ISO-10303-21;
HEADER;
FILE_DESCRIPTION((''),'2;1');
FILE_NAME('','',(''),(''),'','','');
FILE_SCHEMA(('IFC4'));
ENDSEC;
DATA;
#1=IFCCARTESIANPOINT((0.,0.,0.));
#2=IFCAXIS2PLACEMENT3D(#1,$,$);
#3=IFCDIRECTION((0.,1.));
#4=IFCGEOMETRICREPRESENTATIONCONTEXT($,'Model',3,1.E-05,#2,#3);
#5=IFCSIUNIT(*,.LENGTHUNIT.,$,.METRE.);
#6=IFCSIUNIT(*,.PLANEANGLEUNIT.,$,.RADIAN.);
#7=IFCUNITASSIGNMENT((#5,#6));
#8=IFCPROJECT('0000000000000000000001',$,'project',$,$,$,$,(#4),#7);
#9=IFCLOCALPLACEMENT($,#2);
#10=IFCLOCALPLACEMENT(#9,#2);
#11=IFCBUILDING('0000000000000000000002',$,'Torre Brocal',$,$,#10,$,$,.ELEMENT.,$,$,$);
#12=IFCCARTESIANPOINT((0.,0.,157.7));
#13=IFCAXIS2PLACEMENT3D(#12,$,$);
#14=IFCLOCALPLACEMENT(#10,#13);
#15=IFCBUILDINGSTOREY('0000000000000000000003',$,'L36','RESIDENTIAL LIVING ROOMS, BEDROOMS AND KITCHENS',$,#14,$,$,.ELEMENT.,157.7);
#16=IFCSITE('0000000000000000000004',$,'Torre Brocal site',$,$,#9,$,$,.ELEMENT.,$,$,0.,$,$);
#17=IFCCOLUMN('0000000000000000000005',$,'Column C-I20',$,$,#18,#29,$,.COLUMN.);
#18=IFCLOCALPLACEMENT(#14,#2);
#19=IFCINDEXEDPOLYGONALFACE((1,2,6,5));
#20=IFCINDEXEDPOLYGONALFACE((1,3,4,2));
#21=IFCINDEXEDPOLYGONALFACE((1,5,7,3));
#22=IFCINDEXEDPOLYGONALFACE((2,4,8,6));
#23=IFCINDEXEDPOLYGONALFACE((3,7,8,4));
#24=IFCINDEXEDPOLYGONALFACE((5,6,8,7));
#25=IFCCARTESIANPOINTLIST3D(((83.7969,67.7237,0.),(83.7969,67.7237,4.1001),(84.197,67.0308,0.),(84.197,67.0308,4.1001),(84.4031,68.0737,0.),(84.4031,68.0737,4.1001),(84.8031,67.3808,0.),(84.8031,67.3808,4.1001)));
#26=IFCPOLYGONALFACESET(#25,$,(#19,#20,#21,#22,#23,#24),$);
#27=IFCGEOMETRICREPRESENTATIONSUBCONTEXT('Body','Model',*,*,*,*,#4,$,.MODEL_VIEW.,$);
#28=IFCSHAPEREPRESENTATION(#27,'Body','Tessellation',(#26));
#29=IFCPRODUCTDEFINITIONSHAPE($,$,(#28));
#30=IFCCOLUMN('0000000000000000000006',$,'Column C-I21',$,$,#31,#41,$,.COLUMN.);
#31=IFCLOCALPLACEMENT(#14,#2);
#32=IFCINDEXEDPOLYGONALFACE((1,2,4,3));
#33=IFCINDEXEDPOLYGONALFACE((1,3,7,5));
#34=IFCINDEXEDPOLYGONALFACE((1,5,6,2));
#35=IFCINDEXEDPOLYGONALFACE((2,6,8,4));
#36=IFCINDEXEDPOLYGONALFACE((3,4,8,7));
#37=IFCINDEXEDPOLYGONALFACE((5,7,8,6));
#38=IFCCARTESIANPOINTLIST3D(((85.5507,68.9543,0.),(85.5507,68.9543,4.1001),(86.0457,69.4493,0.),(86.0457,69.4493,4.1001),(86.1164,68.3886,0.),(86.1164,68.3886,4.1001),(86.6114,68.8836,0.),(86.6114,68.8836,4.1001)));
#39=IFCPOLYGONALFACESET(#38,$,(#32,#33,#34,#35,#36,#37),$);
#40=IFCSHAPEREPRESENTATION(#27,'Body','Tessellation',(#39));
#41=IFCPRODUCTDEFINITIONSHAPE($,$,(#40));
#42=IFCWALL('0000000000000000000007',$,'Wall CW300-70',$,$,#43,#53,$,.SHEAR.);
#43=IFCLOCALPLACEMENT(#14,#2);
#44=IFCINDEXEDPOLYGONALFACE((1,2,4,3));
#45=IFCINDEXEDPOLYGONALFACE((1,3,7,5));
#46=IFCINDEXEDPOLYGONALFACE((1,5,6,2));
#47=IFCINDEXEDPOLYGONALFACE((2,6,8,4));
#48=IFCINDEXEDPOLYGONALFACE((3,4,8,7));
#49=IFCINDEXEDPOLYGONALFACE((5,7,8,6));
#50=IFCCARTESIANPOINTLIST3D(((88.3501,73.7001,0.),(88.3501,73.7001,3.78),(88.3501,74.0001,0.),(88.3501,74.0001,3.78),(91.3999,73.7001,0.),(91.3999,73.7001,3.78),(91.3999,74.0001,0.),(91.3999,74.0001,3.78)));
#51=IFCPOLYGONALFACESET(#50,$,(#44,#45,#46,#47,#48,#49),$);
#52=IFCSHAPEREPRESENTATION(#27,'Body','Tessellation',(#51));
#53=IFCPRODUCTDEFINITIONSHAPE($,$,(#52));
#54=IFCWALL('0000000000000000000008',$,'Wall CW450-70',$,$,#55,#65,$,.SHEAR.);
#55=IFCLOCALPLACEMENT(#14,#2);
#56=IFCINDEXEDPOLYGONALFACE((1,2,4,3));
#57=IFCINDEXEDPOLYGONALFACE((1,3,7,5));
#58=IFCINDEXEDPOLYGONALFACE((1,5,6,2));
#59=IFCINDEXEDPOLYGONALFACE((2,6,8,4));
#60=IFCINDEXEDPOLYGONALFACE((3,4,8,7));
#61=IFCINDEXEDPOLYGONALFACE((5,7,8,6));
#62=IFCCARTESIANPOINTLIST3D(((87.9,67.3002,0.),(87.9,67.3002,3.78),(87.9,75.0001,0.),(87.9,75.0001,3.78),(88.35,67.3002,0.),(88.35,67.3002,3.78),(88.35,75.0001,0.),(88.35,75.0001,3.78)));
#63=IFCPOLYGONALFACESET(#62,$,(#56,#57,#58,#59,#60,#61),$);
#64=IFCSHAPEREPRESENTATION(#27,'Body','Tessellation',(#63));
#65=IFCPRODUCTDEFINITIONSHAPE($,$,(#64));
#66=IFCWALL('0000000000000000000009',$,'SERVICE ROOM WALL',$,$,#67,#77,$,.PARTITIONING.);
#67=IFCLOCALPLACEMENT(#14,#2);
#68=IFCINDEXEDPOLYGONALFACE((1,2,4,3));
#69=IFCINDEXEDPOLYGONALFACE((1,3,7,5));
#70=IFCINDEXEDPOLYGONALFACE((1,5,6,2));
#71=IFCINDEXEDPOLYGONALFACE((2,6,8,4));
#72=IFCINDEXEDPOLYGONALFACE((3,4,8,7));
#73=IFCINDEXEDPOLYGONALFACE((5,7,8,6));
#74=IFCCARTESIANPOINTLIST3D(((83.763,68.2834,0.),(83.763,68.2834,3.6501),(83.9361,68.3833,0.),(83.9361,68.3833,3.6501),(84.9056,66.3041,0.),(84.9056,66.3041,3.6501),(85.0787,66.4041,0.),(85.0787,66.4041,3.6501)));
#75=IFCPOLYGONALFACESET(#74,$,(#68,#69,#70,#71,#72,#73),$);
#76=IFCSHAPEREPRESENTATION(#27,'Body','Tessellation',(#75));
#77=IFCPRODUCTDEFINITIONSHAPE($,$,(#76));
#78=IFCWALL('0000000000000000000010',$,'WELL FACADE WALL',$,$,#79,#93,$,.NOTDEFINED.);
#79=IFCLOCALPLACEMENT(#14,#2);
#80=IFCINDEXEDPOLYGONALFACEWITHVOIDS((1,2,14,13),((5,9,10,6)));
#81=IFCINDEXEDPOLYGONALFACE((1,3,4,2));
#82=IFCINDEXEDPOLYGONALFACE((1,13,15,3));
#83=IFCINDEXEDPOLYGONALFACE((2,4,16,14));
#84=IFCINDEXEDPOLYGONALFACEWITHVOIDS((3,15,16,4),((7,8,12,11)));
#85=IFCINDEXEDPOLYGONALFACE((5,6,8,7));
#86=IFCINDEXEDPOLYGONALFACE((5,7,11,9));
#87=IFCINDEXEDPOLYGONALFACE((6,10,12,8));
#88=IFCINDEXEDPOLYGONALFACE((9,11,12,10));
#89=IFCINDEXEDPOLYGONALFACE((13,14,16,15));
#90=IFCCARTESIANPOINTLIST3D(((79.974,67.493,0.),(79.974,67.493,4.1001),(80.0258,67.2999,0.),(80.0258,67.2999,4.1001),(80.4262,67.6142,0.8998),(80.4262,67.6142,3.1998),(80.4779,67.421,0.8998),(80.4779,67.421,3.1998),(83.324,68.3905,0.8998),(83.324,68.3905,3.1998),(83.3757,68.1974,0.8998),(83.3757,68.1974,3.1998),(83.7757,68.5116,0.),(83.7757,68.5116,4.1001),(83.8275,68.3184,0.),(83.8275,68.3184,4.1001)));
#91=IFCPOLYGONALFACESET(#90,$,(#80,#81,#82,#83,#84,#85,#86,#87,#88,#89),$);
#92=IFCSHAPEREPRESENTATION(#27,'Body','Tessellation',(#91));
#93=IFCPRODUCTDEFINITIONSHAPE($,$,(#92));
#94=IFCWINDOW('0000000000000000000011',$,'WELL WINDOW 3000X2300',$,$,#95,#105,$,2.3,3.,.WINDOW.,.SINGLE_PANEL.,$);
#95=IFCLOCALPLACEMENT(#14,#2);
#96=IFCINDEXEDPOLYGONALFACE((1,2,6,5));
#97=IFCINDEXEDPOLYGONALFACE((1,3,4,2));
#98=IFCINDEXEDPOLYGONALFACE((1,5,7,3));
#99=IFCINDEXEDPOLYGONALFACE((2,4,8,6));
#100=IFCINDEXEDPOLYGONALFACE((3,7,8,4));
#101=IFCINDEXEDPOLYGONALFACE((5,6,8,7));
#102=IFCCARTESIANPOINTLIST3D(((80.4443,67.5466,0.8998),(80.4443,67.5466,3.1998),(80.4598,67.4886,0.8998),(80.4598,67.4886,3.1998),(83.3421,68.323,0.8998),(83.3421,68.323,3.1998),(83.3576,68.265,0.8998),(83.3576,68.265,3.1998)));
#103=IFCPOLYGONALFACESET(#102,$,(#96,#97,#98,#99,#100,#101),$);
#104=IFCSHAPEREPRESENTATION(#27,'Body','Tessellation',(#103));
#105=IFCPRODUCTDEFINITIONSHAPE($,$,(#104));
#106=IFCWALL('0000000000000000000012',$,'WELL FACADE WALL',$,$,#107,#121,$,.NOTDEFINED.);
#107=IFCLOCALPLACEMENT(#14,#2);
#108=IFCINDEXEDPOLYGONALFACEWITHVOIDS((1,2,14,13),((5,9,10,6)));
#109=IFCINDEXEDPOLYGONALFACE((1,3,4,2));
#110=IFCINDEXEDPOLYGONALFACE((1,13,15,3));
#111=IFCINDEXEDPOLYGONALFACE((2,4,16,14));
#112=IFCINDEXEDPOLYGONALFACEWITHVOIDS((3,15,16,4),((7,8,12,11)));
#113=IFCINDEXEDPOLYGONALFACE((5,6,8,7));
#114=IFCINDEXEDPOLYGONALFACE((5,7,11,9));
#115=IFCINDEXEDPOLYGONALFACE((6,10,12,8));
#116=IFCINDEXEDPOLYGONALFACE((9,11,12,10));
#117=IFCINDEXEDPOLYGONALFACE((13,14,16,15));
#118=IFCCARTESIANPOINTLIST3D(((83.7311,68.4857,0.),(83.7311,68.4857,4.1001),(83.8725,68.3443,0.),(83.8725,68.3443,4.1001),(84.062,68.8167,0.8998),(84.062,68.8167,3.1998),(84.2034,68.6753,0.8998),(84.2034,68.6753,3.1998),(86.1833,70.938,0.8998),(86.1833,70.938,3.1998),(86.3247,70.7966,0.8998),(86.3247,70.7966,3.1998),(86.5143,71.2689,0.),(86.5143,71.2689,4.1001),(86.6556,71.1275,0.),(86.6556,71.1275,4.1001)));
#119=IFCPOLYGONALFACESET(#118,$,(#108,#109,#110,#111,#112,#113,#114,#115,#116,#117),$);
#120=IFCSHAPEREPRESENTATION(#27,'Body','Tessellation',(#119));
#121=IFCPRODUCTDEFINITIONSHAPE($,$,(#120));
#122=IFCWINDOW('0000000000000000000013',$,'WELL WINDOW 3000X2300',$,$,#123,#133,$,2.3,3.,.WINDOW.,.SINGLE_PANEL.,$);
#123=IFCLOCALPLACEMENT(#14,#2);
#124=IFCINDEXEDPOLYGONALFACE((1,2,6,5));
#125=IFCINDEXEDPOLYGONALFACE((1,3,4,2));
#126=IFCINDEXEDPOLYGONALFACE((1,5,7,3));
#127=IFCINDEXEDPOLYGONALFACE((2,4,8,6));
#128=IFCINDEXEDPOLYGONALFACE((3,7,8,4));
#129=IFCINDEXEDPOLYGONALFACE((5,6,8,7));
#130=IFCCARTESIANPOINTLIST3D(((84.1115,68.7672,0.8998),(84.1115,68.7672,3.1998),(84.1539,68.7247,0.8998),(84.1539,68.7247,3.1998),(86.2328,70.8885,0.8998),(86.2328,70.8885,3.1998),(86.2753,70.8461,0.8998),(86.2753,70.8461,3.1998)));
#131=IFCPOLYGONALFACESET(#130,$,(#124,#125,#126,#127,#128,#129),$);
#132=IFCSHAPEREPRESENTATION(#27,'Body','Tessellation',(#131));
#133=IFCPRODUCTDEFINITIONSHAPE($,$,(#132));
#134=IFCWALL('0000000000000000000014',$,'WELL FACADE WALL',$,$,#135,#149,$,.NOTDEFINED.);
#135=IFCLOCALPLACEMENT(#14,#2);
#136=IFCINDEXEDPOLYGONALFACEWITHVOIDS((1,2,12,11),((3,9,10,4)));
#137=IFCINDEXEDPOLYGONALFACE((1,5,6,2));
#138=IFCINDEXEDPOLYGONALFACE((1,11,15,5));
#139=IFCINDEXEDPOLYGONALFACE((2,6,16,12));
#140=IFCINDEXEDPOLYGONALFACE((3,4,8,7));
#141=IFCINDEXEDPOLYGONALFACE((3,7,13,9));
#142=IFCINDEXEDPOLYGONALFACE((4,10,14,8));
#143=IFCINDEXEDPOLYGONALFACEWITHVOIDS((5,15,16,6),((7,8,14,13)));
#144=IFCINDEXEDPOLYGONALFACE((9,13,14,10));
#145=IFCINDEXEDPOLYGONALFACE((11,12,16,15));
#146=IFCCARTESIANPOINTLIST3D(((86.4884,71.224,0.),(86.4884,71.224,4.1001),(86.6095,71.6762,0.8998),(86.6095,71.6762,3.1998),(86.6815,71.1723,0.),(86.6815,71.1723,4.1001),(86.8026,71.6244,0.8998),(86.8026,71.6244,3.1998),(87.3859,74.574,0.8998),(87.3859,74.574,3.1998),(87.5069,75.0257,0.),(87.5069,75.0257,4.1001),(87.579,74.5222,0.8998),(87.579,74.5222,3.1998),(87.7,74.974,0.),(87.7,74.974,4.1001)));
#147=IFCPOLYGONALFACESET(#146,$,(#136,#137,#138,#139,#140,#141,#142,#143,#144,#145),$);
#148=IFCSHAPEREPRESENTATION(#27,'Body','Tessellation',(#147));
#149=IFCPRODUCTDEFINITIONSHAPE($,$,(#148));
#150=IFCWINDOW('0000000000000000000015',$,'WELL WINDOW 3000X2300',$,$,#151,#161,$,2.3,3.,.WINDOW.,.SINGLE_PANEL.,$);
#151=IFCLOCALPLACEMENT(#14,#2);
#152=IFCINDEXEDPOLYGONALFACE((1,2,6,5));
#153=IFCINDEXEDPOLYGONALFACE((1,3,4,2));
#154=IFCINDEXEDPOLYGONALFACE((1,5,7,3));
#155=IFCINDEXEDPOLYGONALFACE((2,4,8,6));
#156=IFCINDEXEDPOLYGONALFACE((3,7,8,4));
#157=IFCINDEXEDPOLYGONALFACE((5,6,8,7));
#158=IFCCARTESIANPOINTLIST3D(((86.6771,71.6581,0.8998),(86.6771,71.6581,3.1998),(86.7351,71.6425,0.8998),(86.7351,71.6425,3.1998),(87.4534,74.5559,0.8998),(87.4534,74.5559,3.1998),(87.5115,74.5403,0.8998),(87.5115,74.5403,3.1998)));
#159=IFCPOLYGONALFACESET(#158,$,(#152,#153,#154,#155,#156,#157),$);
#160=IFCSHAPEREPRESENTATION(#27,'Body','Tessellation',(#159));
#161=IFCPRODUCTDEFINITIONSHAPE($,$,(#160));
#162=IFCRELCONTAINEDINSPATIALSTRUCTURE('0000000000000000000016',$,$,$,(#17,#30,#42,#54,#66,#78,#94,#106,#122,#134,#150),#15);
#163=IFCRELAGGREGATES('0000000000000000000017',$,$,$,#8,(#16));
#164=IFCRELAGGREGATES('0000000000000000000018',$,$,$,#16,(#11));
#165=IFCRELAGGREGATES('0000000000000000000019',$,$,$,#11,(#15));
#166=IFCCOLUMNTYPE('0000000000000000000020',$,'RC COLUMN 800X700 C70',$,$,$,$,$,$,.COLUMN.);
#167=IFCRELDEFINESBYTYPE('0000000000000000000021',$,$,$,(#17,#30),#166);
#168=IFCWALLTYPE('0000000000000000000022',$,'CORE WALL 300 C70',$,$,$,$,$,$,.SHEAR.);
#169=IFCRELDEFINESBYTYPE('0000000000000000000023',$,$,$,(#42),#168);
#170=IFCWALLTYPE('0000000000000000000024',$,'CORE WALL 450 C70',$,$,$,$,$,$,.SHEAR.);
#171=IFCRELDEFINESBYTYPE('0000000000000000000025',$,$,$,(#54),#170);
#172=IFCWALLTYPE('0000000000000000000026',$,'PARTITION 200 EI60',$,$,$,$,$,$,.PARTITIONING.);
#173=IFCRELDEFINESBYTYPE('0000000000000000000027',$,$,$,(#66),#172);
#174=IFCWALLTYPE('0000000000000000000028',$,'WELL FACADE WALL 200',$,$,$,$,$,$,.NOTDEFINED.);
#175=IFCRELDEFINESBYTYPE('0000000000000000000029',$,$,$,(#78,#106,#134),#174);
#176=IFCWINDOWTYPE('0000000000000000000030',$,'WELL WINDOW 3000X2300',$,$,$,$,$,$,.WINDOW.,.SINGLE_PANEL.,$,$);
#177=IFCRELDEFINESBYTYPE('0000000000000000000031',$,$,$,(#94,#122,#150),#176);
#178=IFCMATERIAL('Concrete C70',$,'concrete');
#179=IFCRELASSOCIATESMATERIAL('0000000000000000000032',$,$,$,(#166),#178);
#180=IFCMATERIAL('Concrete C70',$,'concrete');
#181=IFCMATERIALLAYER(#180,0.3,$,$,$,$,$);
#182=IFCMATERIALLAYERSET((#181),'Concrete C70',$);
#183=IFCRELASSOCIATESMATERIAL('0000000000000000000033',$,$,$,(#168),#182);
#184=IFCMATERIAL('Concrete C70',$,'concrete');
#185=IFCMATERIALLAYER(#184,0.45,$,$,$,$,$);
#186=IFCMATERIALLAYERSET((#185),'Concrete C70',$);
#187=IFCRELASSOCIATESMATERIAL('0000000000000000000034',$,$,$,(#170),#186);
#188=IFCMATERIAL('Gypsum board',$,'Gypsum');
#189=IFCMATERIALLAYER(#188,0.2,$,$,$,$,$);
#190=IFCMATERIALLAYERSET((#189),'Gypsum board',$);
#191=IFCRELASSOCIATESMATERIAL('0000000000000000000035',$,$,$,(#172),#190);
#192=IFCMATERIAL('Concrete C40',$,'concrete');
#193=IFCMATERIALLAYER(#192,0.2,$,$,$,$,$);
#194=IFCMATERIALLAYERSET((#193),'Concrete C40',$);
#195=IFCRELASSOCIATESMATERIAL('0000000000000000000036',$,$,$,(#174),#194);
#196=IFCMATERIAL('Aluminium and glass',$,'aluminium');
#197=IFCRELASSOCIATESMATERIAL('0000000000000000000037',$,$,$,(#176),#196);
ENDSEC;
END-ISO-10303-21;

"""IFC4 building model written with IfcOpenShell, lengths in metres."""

from ifc_helpers import new_model, si_unit, direction, frame, frame_2d, origin, origin_2d, place, context, subcontext, project, spatial, rectangle, extrude, material, layer, layer_set, material_profile, profile_set, type_object, element, fill, save


model = new_model("IFC4")

# Units and contexts
model_context = context("Model", 3, precision=1e-05, world=origin(), true_north=direction((0.0, 1.0)))
body_context = subcontext(model_context, "Body", "Model", "MODEL_VIEW")
ifc_project = project(units=[si_unit("LENGTHUNIT", "METRE"), si_unit("PLANEANGLEUNIT", "RADIAN")], contexts=[model_context])

# Site, building, storey
site_placement = place(None, origin())
site = spatial("IfcSite", under=ifc_project, at=site_placement, Name="Torre Brocal site", CompositionType="ELEMENT", RefElevation=0.0)
building_placement = place(site_placement, origin())
building = spatial("IfcBuilding", under=site, at=building_placement, Name="Torre Brocal", CompositionType="ELEMENT")
storey_placement = place(building_placement, frame((0.0, 0.0, 157.7)))
storey = spatial("IfcBuildingStorey", under=building, at=storey_placement, Name="L36", Description="RESIDENTIAL LIVING ROOMS, BEDROOMS AND KITCHENS", CompositionType="ELEMENT", Elevation=157.7)

# Columns
ifc_material_1 = material(Name="Concrete C70", Category="concrete")
ifc_material_profile = material_profile(ifc_material_1, rectangle(XDim=0.8, YDim=0.7, at=origin_2d()), Name="RC 800X700")
ifc_profile_set = profile_set([ifc_material_profile], Name="Concrete C70")
column_type = type_object("IfcColumnType", Name="RC COLUMN 800X700 C70", PredefinedType="COLUMN", material=ifc_profile_set)
for number, where, z_axis, x_axis, name in (
    (1, (84.3, 67.5522, 0.0), (0.0, 0.0, 1.0), (0.5, -0.866025, 0.0), "Column C-I20"),
    (2, (86.0811, 68.9189, 0.0), (0.0, 0.0, 1.0), (0.707107, -0.707107, 0.0), "Column C-I21"),
):
    element("IfcColumn", number, at=place(storey_placement, frame(where, z_axis=z_axis, x_axis=x_axis)), inside=storey, type_object=column_type, Name=name, PredefinedType="COLUMN", context=body_context, shape_type="SweptSolid", body=[
        extrude(rectangle(XDim=0.8, YDim=0.7, at=origin_2d()), origin(), (0.0, 0.0, 1.0), 4.1001),
    ])

# Walls
ifc_material_2 = material(Name="Concrete C70", Category="concrete")
ifc_layer_1 = layer(ifc_material_2, 0.3)
ifc_layer_set_1 = layer_set([ifc_layer_1], Name="Concrete C70")
wall_type_1 = type_object("IfcWallType", Name="CORE WALL 300 C70", PredefinedType="SHEAR", material=ifc_layer_set_1)
wall_1_placement = place(storey_placement, frame((88.3501, 73.8501, 0.0), z_axis=(0.0, 0.0, 1.0), x_axis=(1.0, 0.0, 0.0)))
element("IfcWall", 3, at=wall_1_placement, inside=storey, type_object=wall_type_1, Name="Wall CW300-70", PredefinedType="SHEAR", context=body_context, shape_type="SweptSolid", body=[
    extrude(rectangle(XDim=3.0498, YDim=0.3, at=frame_2d((1.5249, 0.0))), origin(), (0.0, 0.0, 1.0), 3.78),
])
ifc_material_3 = material(Name="Concrete C70", Category="concrete")
ifc_layer_2 = layer(ifc_material_3, 0.45)
ifc_layer_set_2 = layer_set([ifc_layer_2], Name="Concrete C70")
wall_type_2 = type_object("IfcWallType", Name="CORE WALL 450 C70", PredefinedType="SHEAR", material=ifc_layer_set_2)
wall_2_placement = place(storey_placement, frame((88.125, 67.3, 0.0), z_axis=(0.0, 0.0, 1.0), x_axis=(0.0, 1.0, 0.0)))
element("IfcWall", 4, at=wall_2_placement, inside=storey, type_object=wall_type_2, Name="Wall CW450-70", PredefinedType="SHEAR", context=body_context, shape_type="SweptSolid", body=[
    extrude(rectangle(XDim=7.7, YDim=0.45, at=frame_2d((3.8501, 0.0))), origin(), (0.0, 0.0, 1.0), 3.78),
])
ifc_material_4 = material(Name="Gypsum board", Category="Gypsum")
ifc_layer_3 = layer(ifc_material_4, 0.2)
ifc_layer_set_3 = layer_set([ifc_layer_3], Name="Gypsum board")
wall_type_3 = type_object("IfcWallType", Name="PARTITION 200 EI60", PredefinedType="PARTITIONING", material=ifc_layer_set_3)
wall_3_placement = place(storey_placement, frame((83.8496, 68.3333, 0.0), z_axis=(0.0, 0.0, 1.0), x_axis=(0.499954, -0.866052, 0.0)))
element("IfcWall", 5, at=wall_3_placement, inside=storey, type_object=wall_type_3, Name="SERVICE ROOM WALL", PredefinedType="PARTITIONING", context=body_context, shape_type="SweptSolid", body=[
    extrude(rectangle(XDim=2.2854, YDim=0.2, at=frame_2d((1.1426, 0.0))), origin(), (0.0, 0.0, 1.0), 3.6501),
])

# Walls, openings, windows
ifc_material_5 = material(Name="Concrete C40", Category="concrete")
ifc_layer_4 = layer(ifc_material_5, 0.2)
ifc_layer_set_4 = layer_set([ifc_layer_4], Name="Concrete C40")
wall_type_4 = type_object("IfcWallType", Name="WELL FACADE WALL 200", PredefinedType="NOTDEFINED", material=ifc_layer_set_4)
wall_4_placement = place(storey_placement, frame((80.0, 67.3965, 0.0), z_axis=(0.0, 0.0, 1.0), x_axis=(0.965934, 0.25879, 0.0)))
wall_4 = element("IfcWall", 6, at=wall_4_placement, inside=storey, type_object=wall_type_4, Name="WELL FACADE WALL", PredefinedType="NOTDEFINED", context=body_context, shape_type="SweptSolid", body=[
    extrude(rectangle(XDim=3.9358, YDim=0.2, at=frame_2d((1.9678, 0.0))), origin(), (0.0, 0.0, 1.0), 4.1001),
])
opening_1_placement = place(wall_4_placement, frame((0.468, 0.0, 0.8999)))
opening_1 = element("IfcOpeningElement", 7, at=opening_1_placement, cuts=wall_4, PredefinedType="OPENING", context=body_context, shape_type="SweptSolid", body=[
    extrude(rectangle(XDim=3.0, YDim=2.3, at=frame_2d((1.5, 1.1499))), frame((0.0, 0.1099, 0.0), z_axis=(0.0, -1.0, 0.0), x_axis=(1.0, 0.0, 0.0)), (0.0, 0.0, 1.0), 0.22),
])
ifc_material_6 = material(Name="Aluminium and glass", Category="aluminium")
window_type = type_object("IfcWindowType", Name="WELL WINDOW 3000X2300", PartitioningType="SINGLE_PANEL", PredefinedType="WINDOW", material=ifc_material_6)
window_1_placement = place(opening_1_placement, origin())
window_1 = element("IfcWindow", 8, at=window_1_placement, inside=storey, type_object=window_type, Name="WELL WINDOW 3000X2300", OverallHeight=2.3, OverallWidth=3.0, PartitioningType="SINGLE_PANEL", PredefinedType="WINDOW", context=body_context, shape_type="SweptSolid", body=[
    extrude(rectangle(XDim=3.0, YDim=2.3, at=frame_2d((1.5, 1.1499))), frame((0.0, 0.03, 0.0), z_axis=(0.0, -1.0, 0.0), x_axis=(1.0, 0.0, 0.0)), (0.0, 0.0, 1.0), 0.0601),
])
fill(opening_1, window_1)
wall_5_placement = place(storey_placement, frame((83.8018, 68.415, 0.0), z_axis=(0.0, 0.0, 1.0), x_axis=(0.707107, 0.707107, 0.0)))
wall_5 = element("IfcWall", 9, at=wall_5_placement, inside=storey, type_object=wall_type_4, Name="WELL FACADE WALL", PredefinedType="NOTDEFINED", context=body_context, shape_type="SweptSolid", body=[
    extrude(rectangle(XDim=3.936, YDim=0.2, at=frame_2d((1.968, 0.0))), origin(), (0.0, 0.0, 1.0), 4.1001),
])
opening_2_placement = place(wall_5_placement, frame((0.468, 0.0, 0.8999)))
opening_2 = element("IfcOpeningElement", 10, at=opening_2_placement, cuts=wall_5, PredefinedType="OPENING", context=body_context, shape_type="SweptSolid", body=[
    extrude(rectangle(XDim=3.0, YDim=2.3, at=frame_2d((1.5, 1.1499))), frame((0.0, 0.1099, 0.0), z_axis=(0.0, -1.0, 0.0), x_axis=(1.0, 0.0, 0.0)), (0.0, 0.0, 1.0), 0.22),
])
window_2_placement = place(opening_2_placement, origin())
window_2 = element("IfcWindow", 11, at=window_2_placement, inside=storey, type_object=window_type, Name="WELL WINDOW 3000X2300", OverallHeight=2.3, OverallWidth=3.0, PartitioningType="SINGLE_PANEL", PredefinedType="WINDOW", context=body_context, shape_type="SweptSolid", body=[
    extrude(rectangle(XDim=3.0, YDim=2.3, at=frame_2d((1.5, 1.1499))), frame((0.0, 0.03, 0.0), z_axis=(0.0, -1.0, 0.0), x_axis=(1.0, 0.0, 0.0)), (0.0, 0.0, 1.0), 0.0601),
])
fill(opening_2, window_2)
wall_6_placement = place(storey_placement, frame((86.585, 71.1982, 0.0), z_axis=(0.0, 0.0, 1.0), x_axis=(0.25879, 0.965934, 0.0)))
wall_6 = element("IfcWall", 12, at=wall_6_placement, inside=storey, type_object=wall_type_4, Name="WELL FACADE WALL", PredefinedType="NOTDEFINED", context=body_context, shape_type="SweptSolid", body=[
    extrude(rectangle(XDim=3.9358, YDim=0.2, at=frame_2d((1.9678, 0.0))), origin(), (0.0, 0.0, 1.0), 4.1001),
])
opening_3_placement = place(wall_6_placement, frame((0.468, 0.0, 0.8999)))
opening_3 = element("IfcOpeningElement", 13, at=opening_3_placement, cuts=wall_6, PredefinedType="OPENING", context=body_context, shape_type="SweptSolid", body=[
    extrude(rectangle(XDim=3.0, YDim=2.3, at=frame_2d((1.5, 1.1499))), frame((0.0, 0.1099, 0.0), z_axis=(0.0, -1.0, 0.0), x_axis=(1.0, 0.0, 0.0)), (0.0, 0.0, 1.0), 0.22),
])
window_3_placement = place(opening_3_placement, origin())
window_3 = element("IfcWindow", 14, at=window_3_placement, inside=storey, type_object=window_type, Name="WELL WINDOW 3000X2300", OverallHeight=2.3, OverallWidth=3.0, PartitioningType="SINGLE_PANEL", PredefinedType="WINDOW", context=body_context, shape_type="SweptSolid", body=[
    extrude(rectangle(XDim=3.0, YDim=2.3, at=frame_2d((1.5, 1.1499))), frame((0.0, 0.03, 0.0), z_axis=(0.0, -1.0, 0.0), x_axis=(1.0, 0.0, 0.0)), (0.0, 0.0, 1.0), 0.0601),
])
fill(opening_3, window_3)

save(model, "model.ifc")
